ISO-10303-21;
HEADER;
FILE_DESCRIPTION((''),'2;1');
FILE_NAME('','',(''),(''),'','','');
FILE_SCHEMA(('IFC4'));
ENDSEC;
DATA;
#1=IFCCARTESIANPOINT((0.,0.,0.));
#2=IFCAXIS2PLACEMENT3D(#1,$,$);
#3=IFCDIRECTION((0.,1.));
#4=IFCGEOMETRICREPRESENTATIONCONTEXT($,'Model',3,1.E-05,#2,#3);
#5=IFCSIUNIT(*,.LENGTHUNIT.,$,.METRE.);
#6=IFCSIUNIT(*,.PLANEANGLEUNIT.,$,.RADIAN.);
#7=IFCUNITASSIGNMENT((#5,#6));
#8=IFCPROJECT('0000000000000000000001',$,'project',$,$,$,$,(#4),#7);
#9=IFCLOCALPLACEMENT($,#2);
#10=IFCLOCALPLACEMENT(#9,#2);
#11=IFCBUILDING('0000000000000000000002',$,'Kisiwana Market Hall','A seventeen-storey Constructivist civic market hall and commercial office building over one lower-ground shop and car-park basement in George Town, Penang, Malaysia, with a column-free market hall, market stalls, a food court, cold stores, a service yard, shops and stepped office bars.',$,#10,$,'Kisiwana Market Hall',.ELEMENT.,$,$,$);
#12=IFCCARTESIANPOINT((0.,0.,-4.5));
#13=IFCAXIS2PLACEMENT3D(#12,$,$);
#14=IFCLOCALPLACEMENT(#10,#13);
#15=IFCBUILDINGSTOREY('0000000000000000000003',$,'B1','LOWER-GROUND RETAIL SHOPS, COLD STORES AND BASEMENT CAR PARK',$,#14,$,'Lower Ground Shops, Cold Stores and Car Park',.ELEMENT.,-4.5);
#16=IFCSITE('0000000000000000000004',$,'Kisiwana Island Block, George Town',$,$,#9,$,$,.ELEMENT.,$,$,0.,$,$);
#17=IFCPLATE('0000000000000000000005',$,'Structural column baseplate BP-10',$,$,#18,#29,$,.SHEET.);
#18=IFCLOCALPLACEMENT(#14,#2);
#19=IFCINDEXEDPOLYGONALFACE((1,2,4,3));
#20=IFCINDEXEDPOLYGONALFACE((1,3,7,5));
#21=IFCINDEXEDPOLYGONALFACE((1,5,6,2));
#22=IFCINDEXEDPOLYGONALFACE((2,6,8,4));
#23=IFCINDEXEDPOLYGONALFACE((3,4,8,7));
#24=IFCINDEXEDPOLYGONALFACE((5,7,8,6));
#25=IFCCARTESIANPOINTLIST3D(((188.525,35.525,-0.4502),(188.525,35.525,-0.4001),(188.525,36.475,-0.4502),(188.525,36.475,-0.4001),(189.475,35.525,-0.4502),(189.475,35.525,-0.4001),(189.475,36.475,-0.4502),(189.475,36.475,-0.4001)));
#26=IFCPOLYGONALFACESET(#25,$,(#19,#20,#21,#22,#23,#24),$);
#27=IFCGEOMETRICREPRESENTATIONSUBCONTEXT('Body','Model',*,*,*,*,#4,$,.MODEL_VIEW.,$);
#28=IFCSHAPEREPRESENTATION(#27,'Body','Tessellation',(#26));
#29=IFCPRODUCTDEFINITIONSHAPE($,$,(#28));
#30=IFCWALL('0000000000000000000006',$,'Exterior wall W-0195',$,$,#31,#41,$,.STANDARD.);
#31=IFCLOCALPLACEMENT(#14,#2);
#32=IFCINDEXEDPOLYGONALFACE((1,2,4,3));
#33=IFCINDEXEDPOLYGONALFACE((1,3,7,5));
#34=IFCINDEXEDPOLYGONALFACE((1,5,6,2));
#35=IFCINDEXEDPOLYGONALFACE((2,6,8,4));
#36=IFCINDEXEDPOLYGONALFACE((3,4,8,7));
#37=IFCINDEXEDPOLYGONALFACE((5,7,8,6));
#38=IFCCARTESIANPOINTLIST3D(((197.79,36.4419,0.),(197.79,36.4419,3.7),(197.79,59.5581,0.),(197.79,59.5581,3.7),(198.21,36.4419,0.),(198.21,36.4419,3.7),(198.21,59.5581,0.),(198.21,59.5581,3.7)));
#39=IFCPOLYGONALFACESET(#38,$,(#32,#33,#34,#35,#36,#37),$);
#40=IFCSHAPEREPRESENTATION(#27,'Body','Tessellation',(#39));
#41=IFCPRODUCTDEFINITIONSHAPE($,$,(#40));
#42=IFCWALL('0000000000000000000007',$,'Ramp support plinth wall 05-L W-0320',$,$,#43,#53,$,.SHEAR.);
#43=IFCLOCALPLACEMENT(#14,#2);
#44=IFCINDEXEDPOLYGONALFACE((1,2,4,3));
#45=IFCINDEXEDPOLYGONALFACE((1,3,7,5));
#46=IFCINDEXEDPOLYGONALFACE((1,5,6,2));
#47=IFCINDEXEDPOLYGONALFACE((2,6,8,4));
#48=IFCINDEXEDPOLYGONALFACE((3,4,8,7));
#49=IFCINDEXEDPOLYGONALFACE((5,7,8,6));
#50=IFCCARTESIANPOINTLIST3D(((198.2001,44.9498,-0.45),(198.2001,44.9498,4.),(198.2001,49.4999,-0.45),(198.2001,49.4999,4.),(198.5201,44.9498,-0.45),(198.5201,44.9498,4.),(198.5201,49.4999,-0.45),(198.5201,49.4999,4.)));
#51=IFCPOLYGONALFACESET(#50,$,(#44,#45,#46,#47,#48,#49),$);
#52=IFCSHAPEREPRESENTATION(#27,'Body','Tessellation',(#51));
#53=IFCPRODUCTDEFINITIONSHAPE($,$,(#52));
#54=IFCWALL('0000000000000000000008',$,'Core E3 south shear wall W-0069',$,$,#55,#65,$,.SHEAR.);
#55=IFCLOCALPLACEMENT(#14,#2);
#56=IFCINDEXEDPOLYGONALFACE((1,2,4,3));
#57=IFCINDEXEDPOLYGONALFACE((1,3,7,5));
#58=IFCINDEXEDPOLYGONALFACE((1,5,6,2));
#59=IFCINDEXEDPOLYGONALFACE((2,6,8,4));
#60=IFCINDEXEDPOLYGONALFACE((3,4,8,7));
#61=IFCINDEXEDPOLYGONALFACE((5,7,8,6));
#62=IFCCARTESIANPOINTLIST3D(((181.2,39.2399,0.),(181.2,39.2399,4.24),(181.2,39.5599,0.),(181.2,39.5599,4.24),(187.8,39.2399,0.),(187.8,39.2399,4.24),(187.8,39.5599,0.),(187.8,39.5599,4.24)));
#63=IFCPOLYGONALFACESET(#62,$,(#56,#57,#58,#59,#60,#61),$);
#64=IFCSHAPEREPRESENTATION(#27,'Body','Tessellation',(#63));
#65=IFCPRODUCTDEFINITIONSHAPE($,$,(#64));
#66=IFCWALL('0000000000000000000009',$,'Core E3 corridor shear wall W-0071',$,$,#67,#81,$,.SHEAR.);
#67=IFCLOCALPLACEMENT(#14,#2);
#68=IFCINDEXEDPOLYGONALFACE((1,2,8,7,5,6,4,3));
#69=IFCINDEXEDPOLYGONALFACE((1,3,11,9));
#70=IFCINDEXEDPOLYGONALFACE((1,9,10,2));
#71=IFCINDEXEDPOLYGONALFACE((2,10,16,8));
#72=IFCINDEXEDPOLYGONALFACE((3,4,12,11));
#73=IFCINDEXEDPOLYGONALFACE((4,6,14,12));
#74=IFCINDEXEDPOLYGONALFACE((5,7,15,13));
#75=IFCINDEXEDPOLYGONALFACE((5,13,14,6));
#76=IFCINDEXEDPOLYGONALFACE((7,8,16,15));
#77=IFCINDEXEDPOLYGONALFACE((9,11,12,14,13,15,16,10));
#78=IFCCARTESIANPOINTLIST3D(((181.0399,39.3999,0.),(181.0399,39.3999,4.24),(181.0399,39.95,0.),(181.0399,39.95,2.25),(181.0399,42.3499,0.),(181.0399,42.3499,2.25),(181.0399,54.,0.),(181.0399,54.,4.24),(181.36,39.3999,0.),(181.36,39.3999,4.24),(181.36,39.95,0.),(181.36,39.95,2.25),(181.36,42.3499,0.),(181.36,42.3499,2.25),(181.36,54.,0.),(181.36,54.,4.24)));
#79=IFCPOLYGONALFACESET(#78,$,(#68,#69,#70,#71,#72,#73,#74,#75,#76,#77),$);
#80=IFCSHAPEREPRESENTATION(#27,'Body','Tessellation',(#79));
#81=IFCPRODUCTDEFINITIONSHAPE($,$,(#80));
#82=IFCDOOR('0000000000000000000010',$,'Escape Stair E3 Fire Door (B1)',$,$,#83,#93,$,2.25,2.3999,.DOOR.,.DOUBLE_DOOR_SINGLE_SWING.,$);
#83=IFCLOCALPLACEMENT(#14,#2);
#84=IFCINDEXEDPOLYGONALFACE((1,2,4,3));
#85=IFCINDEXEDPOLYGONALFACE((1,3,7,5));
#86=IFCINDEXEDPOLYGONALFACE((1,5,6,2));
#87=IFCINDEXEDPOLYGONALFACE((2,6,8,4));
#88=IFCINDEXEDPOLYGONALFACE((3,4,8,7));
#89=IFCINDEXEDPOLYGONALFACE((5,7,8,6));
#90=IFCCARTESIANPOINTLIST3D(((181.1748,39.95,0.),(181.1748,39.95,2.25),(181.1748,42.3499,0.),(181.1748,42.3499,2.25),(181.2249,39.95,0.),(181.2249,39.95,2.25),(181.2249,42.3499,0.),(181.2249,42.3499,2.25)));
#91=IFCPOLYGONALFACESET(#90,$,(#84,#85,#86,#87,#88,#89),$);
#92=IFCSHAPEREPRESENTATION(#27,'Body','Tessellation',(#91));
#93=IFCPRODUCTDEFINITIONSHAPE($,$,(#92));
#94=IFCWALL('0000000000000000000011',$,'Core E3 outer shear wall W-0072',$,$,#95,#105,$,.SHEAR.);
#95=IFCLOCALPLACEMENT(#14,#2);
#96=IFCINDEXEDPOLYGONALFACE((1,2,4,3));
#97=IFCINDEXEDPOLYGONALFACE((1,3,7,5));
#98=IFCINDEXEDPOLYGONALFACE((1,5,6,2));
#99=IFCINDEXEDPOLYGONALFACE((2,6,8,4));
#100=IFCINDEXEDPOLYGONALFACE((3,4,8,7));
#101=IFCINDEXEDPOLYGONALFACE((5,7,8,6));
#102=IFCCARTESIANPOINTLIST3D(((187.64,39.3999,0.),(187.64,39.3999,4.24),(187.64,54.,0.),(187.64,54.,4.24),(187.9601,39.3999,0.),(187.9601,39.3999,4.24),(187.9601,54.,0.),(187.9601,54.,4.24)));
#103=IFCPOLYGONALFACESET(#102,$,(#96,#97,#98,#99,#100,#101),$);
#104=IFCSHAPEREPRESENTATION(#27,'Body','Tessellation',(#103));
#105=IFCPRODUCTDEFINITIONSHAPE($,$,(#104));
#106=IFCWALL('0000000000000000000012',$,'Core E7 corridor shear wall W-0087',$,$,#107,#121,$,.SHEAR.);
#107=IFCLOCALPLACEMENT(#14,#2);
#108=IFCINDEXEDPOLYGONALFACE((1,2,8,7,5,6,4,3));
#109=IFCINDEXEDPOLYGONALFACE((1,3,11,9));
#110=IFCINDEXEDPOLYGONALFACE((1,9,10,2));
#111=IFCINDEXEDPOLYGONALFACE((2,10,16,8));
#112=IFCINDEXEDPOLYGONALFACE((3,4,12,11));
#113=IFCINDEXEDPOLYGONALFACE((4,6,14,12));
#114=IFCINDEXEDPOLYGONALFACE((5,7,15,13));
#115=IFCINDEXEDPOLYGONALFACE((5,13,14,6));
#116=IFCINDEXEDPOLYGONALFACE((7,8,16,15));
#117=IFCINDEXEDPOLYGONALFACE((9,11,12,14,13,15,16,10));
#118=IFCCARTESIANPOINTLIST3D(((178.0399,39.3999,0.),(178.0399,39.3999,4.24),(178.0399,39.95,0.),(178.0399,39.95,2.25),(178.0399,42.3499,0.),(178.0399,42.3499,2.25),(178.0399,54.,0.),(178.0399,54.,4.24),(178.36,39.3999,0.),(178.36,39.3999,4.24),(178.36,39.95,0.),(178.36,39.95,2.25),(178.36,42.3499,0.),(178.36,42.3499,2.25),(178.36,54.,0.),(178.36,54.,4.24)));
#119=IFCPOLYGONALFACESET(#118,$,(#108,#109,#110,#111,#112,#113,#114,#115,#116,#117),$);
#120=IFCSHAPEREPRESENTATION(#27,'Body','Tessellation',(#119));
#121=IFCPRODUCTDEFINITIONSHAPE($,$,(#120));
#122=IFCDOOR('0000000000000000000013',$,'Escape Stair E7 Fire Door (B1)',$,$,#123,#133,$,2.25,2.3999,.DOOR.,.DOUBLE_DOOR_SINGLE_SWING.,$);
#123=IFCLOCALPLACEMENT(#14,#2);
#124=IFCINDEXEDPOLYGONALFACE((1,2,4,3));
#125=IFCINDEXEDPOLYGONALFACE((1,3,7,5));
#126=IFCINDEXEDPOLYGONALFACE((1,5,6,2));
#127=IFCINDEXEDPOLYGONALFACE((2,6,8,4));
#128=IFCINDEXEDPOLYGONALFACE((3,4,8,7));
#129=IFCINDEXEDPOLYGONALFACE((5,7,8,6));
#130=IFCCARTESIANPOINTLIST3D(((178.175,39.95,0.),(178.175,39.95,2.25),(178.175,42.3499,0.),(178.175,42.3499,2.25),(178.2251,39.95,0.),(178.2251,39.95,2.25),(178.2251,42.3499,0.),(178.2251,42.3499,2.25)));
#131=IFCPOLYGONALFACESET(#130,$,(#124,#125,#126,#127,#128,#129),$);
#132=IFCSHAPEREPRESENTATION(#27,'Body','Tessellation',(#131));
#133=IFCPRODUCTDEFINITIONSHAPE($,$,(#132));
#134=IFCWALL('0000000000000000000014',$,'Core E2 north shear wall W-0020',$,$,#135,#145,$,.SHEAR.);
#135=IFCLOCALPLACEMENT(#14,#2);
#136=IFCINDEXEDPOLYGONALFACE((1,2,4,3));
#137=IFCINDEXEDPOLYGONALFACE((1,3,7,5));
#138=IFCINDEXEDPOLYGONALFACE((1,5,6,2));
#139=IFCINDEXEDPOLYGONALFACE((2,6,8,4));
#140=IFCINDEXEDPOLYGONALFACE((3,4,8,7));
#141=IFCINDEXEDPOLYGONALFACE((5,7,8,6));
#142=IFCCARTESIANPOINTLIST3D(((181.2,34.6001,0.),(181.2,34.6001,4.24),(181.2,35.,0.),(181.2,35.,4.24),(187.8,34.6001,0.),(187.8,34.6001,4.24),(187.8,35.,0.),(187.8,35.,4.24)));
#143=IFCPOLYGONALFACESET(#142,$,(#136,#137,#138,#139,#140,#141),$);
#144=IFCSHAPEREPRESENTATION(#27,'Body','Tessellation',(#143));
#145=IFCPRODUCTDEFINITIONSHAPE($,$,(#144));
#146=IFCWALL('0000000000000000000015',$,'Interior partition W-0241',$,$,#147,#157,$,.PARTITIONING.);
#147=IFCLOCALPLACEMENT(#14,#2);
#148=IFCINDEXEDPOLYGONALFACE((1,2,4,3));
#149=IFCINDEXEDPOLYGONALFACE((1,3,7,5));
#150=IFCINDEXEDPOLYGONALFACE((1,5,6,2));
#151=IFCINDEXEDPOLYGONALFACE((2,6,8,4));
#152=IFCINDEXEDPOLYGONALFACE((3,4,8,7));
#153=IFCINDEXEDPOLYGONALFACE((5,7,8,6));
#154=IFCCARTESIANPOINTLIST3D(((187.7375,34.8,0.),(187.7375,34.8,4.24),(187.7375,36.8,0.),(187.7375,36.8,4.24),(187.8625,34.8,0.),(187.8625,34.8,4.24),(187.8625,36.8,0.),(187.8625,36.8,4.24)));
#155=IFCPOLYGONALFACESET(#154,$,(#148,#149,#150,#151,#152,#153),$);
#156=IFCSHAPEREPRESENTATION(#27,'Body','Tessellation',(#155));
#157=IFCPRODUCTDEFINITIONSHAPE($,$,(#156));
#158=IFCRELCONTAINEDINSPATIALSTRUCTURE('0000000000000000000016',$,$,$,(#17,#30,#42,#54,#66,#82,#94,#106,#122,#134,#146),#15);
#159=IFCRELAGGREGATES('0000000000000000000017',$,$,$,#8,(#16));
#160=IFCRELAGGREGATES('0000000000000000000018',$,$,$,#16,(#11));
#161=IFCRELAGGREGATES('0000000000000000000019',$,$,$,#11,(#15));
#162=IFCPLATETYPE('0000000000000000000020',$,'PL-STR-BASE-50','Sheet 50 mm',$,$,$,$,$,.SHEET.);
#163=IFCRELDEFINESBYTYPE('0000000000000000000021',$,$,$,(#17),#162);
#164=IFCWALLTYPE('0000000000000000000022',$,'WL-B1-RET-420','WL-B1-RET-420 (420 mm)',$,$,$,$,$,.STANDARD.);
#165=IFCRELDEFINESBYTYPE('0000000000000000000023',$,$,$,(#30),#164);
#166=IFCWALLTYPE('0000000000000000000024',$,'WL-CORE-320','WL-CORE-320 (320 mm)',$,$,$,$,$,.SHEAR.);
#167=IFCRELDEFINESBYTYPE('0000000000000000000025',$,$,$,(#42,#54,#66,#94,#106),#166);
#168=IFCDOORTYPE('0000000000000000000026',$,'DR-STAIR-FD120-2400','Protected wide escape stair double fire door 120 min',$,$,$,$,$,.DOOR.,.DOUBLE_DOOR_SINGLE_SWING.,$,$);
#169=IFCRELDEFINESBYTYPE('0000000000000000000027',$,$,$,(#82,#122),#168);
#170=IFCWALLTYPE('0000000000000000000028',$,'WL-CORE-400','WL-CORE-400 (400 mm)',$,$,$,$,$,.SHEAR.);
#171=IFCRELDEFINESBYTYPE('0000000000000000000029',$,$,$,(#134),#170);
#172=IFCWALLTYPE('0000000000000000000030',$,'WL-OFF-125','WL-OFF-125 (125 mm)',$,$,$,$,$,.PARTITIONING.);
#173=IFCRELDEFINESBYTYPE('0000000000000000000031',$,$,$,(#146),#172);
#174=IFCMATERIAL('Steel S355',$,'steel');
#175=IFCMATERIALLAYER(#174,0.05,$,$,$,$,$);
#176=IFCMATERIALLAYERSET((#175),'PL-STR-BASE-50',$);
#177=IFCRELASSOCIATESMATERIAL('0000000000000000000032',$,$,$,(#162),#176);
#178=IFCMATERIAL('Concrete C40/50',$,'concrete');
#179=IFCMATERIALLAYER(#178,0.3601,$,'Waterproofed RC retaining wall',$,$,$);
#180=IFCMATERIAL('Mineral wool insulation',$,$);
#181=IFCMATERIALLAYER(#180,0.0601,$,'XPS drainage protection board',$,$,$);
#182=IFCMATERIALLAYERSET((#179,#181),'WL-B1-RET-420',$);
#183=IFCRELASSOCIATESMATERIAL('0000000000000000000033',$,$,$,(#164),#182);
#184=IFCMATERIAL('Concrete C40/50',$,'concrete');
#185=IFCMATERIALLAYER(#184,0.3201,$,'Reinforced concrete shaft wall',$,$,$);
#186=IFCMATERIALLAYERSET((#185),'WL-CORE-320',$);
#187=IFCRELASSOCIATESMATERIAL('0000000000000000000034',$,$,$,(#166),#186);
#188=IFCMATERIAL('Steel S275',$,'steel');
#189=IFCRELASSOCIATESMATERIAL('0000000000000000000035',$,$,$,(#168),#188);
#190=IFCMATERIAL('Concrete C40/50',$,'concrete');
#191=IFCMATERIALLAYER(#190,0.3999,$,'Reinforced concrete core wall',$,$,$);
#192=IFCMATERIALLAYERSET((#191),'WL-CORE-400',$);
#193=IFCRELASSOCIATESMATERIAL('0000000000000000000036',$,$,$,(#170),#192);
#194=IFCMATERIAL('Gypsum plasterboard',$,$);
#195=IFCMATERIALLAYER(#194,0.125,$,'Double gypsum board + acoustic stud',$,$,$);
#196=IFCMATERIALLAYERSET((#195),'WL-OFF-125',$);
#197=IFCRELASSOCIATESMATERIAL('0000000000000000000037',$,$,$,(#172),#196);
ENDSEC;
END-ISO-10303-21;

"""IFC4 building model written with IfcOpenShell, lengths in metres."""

from ifc_helpers import new_model, si_unit, direction, frame, frame_2d, origin, origin_2d, place, context, subcontext, project, spatial, rectangle, extrude, material, layer, layer_set, type_object, element, fill, save


model = new_model("IFC4")

# Units and contexts
model_context = context("Model", 3, precision=1e-05, world=origin(), true_north=direction((0.0, 1.0)))
body_context = subcontext(model_context, "Body", "Model", "MODEL_VIEW")
ifc_project = project(units=[si_unit("LENGTHUNIT", "METRE"), si_unit("PLANEANGLEUNIT", "RADIAN")], contexts=[model_context])

# Site, building, storey
site_placement = place(None, origin())
site = spatial("IfcSite", under=ifc_project, at=site_placement, Name="Kisiwana Island Block, George Town", CompositionType="ELEMENT", RefElevation=0.0)
building_placement = place(site_placement, origin())
building = spatial("IfcBuilding", under=site, at=building_placement, Name="Kisiwana Market Hall", Description="A seventeen-storey Constructivist civic market hall and commercial office building over one lower-ground shop and car-park basement in George Town, Penang, Malaysia, with a column-free market hall, market stalls, a food court, cold stores, a service yard, shops and stepped office bars.", LongName="Kisiwana Market Hall", CompositionType="ELEMENT")
storey_placement = place(building_placement, frame((0.0, 0.0, -4.5)))
storey = spatial("IfcBuildingStorey", under=building, at=storey_placement, Name="B1", Description="LOWER-GROUND RETAIL SHOPS, COLD STORES AND BASEMENT CAR PARK", LongName="Lower Ground Shops, Cold Stores and Car Park", CompositionType="ELEMENT", Elevation=-4.5)

# Plate
ifc_material_1 = material(Name="Steel S355", Category="steel")
ifc_layer_1 = layer(ifc_material_1, 0.05)
ifc_layer_set_1 = layer_set([ifc_layer_1], Name="PL-STR-BASE-50")
plate_type = type_object("IfcPlateType", Name="PL-STR-BASE-50", Description="Sheet 50 mm", PredefinedType="SHEET", material=ifc_layer_set_1)
plate_placement = place(storey_placement, frame((189.0, 36.0, -0.4502), z_axis=(0.0, 0.0, 1.0), x_axis=(1.0, 0.0, 0.0)))
element("IfcPlate", 1, at=plate_placement, inside=storey, type_object=plate_type, Name="Structural column baseplate BP-10", PredefinedType="SHEET", context=body_context, shape_type="SweptSolid", body=[
    extrude(rectangle(XDim=0.95, YDim=0.95, at=origin_2d()), origin(), (0.0, 0.0, 1.0), 0.05),
])

# Walls
ifc_material_2 = material(Name="Concrete C40/50", Category="concrete")
ifc_layer_2 = layer(ifc_material_2, 0.3601, Name="Waterproofed RC retaining wall")
ifc_material_3 = material(Name="Mineral wool insulation")
ifc_layer_3 = layer(ifc_material_3, 0.0601, Name="XPS drainage protection board")
ifc_layer_set_2 = layer_set([ifc_layer_2, ifc_layer_3], Name="WL-B1-RET-420")
wall_type_1 = type_object("IfcWallType", Name="WL-B1-RET-420", Description="WL-B1-RET-420 (420 mm)", PredefinedType="STANDARD", material=ifc_layer_set_2)
wall_1_placement = place(storey_placement, frame((198.0, 36.4419, 0.0), z_axis=(0.0, 0.0, 1.0), x_axis=(0.0, 1.0, 0.0)))
element("IfcWall", 2, at=wall_1_placement, inside=storey, type_object=wall_type_1, Name="Exterior wall W-0195", PredefinedType="STANDARD", context=body_context, shape_type="SweptSolid", body=[
    extrude(rectangle(XDim=23.1162, YDim=0.4199, at=frame_2d((11.5581, 0.0))), origin(), (0.0, 0.0, 1.0), 3.7),
])
ifc_material_4 = material(Name="Concrete C40/50", Category="concrete")
ifc_layer_4 = layer(ifc_material_4, 0.3201, Name="Reinforced concrete shaft wall")
ifc_layer_set_3 = layer_set([ifc_layer_4], Name="WL-CORE-320")
wall_type_2 = type_object("IfcWallType", Name="WL-CORE-320", Description="WL-CORE-320 (320 mm)", PredefinedType="SHEAR", material=ifc_layer_set_3)
wall_2_placement = place(storey_placement, frame((198.3601, 44.95, -0.45), z_axis=(0.0, 0.0, 1.0), x_axis=(0.0, 1.0, 0.0)))
element("IfcWall", 3, at=wall_2_placement, inside=storey, type_object=wall_type_2, Name="Ramp support plinth wall 05-L W-0320", PredefinedType="SHEAR", context=body_context, shape_type="SweptSolid", body=[
    extrude(rectangle(XDim=4.55, YDim=0.3201, at=frame_2d((2.2749, 0.0))), origin(), (0.0, 0.0, 1.0), 4.45),
])
wall_3_placement = place(storey_placement, frame((181.2, 39.3999, 0.0), z_axis=(0.0, 0.0, 1.0), x_axis=(1.0, 0.0, 0.0)))
element("IfcWall", 4, at=wall_3_placement, inside=storey, type_object=wall_type_2, Name="Core E3 south shear wall W-0069", PredefinedType="SHEAR", context=body_context, shape_type="SweptSolid", body=[
    extrude(rectangle(XDim=6.6001, YDim=0.3201, at=frame_2d((3.3, 0.0))), origin(), (0.0, 0.0, 1.0), 4.24),
])

# Wall, opening, door
wall_4_placement = place(storey_placement, frame((181.2, 39.3999, 0.0), z_axis=(0.0, 0.0, 1.0), x_axis=(0.0, 1.0, 0.0)))
wall_4 = element("IfcWall", 5, at=wall_4_placement, inside=storey, type_object=wall_type_2, Name="Core E3 corridor shear wall W-0071", PredefinedType="SHEAR", context=body_context, shape_type="SweptSolid", body=[
    extrude(rectangle(XDim=14.6001, YDim=0.3201, at=frame_2d((7.3, 0.0))), origin(), (0.0, 0.0, 1.0), 4.24),
])
opening_1_placement = place(wall_4_placement, frame((0.55, 0.0, 0.0)))
opening_1 = element("IfcOpeningElement", 6, at=opening_1_placement, cuts=wall_4, PredefinedType="OPENING", context=body_context, shape_type="SweptSolid", body=[
    extrude(rectangle(XDim=2.3999, YDim=2.25, at=frame_2d((1.2, 1.125))), frame((0.0, 0.1719, 0.0), z_axis=(0.0, -1.0, 0.0), x_axis=(1.0, 0.0, 0.0)), (0.0, 0.0, 1.0), 0.344),
])
ifc_material_5 = material(Name="Steel S275", Category="steel")
door_type_1 = type_object("IfcDoorType", Name="DR-STAIR-FD120-2400", Description="Protected wide escape stair double fire door 120 min", OperationType="DOUBLE_DOOR_SINGLE_SWING", PredefinedType="DOOR", material=ifc_material_5)
door_1_placement = place(opening_1_placement, frame((2.3999, 0.0, 0.0), z_axis=(0.0, 0.0, 1.0), x_axis=(-1.0, 0.0, 0.0)))
door_1 = element("IfcDoor", 7, at=door_1_placement, inside=storey, type_object=door_type_1, Name="Escape Stair E3 Fire Door (B1)", OperationType="DOUBLE_DOOR_SINGLE_SWING", OverallHeight=2.25, OverallWidth=2.3999, PredefinedType="DOOR", context=body_context, shape_type="SweptSolid", body=[
    extrude(rectangle(XDim=2.3999, YDim=2.25, at=frame_2d((1.2, 1.125))), frame((0.0, 0.0249, 0.0), z_axis=(0.0, -1.0, 0.0), x_axis=(1.0, 0.0, 0.0)), (0.0, 0.0, 1.0), 0.05),
])
fill(opening_1, door_1)

# Wall
wall_5_placement = place(storey_placement, frame((187.8, 39.3999, 0.0), z_axis=(0.0, 0.0, 1.0), x_axis=(0.0, 1.0, 0.0)))
element("IfcWall", 8, at=wall_5_placement, inside=storey, type_object=wall_type_2, Name="Core E3 outer shear wall W-0072", PredefinedType="SHEAR", context=body_context, shape_type="SweptSolid", body=[
    extrude(rectangle(XDim=14.6001, YDim=0.3201, at=frame_2d((7.3, 0.0))), origin(), (0.0, 0.0, 1.0), 4.24),
])

# Wall, opening, door
wall_6_placement = place(storey_placement, frame((178.2, 39.3999, 0.0), z_axis=(0.0, 0.0, 1.0), x_axis=(0.0, 1.0, 0.0)))
wall_6 = element("IfcWall", 9, at=wall_6_placement, inside=storey, type_object=wall_type_2, Name="Core E7 corridor shear wall W-0087", PredefinedType="SHEAR", context=body_context, shape_type="SweptSolid", body=[
    extrude(rectangle(XDim=14.6001, YDim=0.3201, at=frame_2d((7.3, 0.0))), origin(), (0.0, 0.0, 1.0), 4.24),
])
opening_2_placement = place(wall_6_placement, frame((0.55, 0.0, 0.0)))
opening_2 = element("IfcOpeningElement", 10, at=opening_2_placement, cuts=wall_6, PredefinedType="OPENING", context=body_context, shape_type="SweptSolid", body=[
    extrude(rectangle(XDim=2.3999, YDim=2.25, at=frame_2d((1.2, 1.125))), frame((0.0, 0.1719, 0.0), z_axis=(0.0, -1.0, 0.0), x_axis=(1.0, 0.0, 0.0)), (0.0, 0.0, 1.0), 0.344),
])
door_2_placement = place(opening_2_placement, origin())
door_2 = element("IfcDoor", 11, at=door_2_placement, inside=storey, type_object=door_type_1, Name="Escape Stair E7 Fire Door (B1)", OperationType="DOUBLE_DOOR_SINGLE_SWING", OverallHeight=2.25, OverallWidth=2.3999, PredefinedType="DOOR", context=body_context, shape_type="SweptSolid", body=[
    extrude(rectangle(XDim=2.3999, YDim=2.25, at=frame_2d((1.2, 1.125))), frame((0.0, 0.0249, 0.0), z_axis=(0.0, -1.0, 0.0), x_axis=(1.0, 0.0, 0.0)), (0.0, 0.0, 1.0), 0.05),
])
fill(opening_2, door_2)

# Walls
ifc_material_6 = material(Name="Concrete C40/50", Category="concrete")
ifc_layer_5 = layer(ifc_material_6, 0.3999, Name="Reinforced concrete core wall")
ifc_layer_set_4 = layer_set([ifc_layer_5], Name="WL-CORE-400")
wall_type_3 = type_object("IfcWallType", Name="WL-CORE-400", Description="WL-CORE-400 (400 mm)", PredefinedType="SHEAR", material=ifc_layer_set_4)
wall_7_placement = place(storey_placement, frame((181.2, 34.8, 0.0), z_axis=(0.0, 0.0, 1.0), x_axis=(1.0, 0.0, 0.0)))
element("IfcWall", 12, at=wall_7_placement, inside=storey, type_object=wall_type_3, Name="Core E2 north shear wall W-0020", PredefinedType="SHEAR", context=body_context, shape_type="SweptSolid", body=[
    extrude(rectangle(XDim=6.6001, YDim=0.3999, at=frame_2d((3.3, 0.0))), origin(), (0.0, 0.0, 1.0), 4.24),
])
ifc_material_7 = material(Name="Gypsum plasterboard")
ifc_layer_6 = layer(ifc_material_7, 0.125, Name="Double gypsum board + acoustic stud")
ifc_layer_set_5 = layer_set([ifc_layer_6], Name="WL-OFF-125")
wall_type_4 = type_object("IfcWallType", Name="WL-OFF-125", Description="WL-OFF-125 (125 mm)", PredefinedType="PARTITIONING", material=ifc_layer_set_5)
wall_8_placement = place(storey_placement, frame((187.8, 34.8, 0.0), z_axis=(0.0, 0.0, 1.0), x_axis=(0.0, 1.0, 0.0)))
element("IfcWall", 13, at=wall_8_placement, inside=storey, type_object=wall_type_4, Name="Interior partition W-0241", PredefinedType="PARTITIONING", context=body_context, shape_type="SweptSolid", body=[
    extrude(rectangle(XDim=2.0, YDim=0.125, at=frame_2d((1.0, 0.0))), origin(), (0.0, 0.0, 1.0), 4.24),
])

save(model, "model.ifc")
